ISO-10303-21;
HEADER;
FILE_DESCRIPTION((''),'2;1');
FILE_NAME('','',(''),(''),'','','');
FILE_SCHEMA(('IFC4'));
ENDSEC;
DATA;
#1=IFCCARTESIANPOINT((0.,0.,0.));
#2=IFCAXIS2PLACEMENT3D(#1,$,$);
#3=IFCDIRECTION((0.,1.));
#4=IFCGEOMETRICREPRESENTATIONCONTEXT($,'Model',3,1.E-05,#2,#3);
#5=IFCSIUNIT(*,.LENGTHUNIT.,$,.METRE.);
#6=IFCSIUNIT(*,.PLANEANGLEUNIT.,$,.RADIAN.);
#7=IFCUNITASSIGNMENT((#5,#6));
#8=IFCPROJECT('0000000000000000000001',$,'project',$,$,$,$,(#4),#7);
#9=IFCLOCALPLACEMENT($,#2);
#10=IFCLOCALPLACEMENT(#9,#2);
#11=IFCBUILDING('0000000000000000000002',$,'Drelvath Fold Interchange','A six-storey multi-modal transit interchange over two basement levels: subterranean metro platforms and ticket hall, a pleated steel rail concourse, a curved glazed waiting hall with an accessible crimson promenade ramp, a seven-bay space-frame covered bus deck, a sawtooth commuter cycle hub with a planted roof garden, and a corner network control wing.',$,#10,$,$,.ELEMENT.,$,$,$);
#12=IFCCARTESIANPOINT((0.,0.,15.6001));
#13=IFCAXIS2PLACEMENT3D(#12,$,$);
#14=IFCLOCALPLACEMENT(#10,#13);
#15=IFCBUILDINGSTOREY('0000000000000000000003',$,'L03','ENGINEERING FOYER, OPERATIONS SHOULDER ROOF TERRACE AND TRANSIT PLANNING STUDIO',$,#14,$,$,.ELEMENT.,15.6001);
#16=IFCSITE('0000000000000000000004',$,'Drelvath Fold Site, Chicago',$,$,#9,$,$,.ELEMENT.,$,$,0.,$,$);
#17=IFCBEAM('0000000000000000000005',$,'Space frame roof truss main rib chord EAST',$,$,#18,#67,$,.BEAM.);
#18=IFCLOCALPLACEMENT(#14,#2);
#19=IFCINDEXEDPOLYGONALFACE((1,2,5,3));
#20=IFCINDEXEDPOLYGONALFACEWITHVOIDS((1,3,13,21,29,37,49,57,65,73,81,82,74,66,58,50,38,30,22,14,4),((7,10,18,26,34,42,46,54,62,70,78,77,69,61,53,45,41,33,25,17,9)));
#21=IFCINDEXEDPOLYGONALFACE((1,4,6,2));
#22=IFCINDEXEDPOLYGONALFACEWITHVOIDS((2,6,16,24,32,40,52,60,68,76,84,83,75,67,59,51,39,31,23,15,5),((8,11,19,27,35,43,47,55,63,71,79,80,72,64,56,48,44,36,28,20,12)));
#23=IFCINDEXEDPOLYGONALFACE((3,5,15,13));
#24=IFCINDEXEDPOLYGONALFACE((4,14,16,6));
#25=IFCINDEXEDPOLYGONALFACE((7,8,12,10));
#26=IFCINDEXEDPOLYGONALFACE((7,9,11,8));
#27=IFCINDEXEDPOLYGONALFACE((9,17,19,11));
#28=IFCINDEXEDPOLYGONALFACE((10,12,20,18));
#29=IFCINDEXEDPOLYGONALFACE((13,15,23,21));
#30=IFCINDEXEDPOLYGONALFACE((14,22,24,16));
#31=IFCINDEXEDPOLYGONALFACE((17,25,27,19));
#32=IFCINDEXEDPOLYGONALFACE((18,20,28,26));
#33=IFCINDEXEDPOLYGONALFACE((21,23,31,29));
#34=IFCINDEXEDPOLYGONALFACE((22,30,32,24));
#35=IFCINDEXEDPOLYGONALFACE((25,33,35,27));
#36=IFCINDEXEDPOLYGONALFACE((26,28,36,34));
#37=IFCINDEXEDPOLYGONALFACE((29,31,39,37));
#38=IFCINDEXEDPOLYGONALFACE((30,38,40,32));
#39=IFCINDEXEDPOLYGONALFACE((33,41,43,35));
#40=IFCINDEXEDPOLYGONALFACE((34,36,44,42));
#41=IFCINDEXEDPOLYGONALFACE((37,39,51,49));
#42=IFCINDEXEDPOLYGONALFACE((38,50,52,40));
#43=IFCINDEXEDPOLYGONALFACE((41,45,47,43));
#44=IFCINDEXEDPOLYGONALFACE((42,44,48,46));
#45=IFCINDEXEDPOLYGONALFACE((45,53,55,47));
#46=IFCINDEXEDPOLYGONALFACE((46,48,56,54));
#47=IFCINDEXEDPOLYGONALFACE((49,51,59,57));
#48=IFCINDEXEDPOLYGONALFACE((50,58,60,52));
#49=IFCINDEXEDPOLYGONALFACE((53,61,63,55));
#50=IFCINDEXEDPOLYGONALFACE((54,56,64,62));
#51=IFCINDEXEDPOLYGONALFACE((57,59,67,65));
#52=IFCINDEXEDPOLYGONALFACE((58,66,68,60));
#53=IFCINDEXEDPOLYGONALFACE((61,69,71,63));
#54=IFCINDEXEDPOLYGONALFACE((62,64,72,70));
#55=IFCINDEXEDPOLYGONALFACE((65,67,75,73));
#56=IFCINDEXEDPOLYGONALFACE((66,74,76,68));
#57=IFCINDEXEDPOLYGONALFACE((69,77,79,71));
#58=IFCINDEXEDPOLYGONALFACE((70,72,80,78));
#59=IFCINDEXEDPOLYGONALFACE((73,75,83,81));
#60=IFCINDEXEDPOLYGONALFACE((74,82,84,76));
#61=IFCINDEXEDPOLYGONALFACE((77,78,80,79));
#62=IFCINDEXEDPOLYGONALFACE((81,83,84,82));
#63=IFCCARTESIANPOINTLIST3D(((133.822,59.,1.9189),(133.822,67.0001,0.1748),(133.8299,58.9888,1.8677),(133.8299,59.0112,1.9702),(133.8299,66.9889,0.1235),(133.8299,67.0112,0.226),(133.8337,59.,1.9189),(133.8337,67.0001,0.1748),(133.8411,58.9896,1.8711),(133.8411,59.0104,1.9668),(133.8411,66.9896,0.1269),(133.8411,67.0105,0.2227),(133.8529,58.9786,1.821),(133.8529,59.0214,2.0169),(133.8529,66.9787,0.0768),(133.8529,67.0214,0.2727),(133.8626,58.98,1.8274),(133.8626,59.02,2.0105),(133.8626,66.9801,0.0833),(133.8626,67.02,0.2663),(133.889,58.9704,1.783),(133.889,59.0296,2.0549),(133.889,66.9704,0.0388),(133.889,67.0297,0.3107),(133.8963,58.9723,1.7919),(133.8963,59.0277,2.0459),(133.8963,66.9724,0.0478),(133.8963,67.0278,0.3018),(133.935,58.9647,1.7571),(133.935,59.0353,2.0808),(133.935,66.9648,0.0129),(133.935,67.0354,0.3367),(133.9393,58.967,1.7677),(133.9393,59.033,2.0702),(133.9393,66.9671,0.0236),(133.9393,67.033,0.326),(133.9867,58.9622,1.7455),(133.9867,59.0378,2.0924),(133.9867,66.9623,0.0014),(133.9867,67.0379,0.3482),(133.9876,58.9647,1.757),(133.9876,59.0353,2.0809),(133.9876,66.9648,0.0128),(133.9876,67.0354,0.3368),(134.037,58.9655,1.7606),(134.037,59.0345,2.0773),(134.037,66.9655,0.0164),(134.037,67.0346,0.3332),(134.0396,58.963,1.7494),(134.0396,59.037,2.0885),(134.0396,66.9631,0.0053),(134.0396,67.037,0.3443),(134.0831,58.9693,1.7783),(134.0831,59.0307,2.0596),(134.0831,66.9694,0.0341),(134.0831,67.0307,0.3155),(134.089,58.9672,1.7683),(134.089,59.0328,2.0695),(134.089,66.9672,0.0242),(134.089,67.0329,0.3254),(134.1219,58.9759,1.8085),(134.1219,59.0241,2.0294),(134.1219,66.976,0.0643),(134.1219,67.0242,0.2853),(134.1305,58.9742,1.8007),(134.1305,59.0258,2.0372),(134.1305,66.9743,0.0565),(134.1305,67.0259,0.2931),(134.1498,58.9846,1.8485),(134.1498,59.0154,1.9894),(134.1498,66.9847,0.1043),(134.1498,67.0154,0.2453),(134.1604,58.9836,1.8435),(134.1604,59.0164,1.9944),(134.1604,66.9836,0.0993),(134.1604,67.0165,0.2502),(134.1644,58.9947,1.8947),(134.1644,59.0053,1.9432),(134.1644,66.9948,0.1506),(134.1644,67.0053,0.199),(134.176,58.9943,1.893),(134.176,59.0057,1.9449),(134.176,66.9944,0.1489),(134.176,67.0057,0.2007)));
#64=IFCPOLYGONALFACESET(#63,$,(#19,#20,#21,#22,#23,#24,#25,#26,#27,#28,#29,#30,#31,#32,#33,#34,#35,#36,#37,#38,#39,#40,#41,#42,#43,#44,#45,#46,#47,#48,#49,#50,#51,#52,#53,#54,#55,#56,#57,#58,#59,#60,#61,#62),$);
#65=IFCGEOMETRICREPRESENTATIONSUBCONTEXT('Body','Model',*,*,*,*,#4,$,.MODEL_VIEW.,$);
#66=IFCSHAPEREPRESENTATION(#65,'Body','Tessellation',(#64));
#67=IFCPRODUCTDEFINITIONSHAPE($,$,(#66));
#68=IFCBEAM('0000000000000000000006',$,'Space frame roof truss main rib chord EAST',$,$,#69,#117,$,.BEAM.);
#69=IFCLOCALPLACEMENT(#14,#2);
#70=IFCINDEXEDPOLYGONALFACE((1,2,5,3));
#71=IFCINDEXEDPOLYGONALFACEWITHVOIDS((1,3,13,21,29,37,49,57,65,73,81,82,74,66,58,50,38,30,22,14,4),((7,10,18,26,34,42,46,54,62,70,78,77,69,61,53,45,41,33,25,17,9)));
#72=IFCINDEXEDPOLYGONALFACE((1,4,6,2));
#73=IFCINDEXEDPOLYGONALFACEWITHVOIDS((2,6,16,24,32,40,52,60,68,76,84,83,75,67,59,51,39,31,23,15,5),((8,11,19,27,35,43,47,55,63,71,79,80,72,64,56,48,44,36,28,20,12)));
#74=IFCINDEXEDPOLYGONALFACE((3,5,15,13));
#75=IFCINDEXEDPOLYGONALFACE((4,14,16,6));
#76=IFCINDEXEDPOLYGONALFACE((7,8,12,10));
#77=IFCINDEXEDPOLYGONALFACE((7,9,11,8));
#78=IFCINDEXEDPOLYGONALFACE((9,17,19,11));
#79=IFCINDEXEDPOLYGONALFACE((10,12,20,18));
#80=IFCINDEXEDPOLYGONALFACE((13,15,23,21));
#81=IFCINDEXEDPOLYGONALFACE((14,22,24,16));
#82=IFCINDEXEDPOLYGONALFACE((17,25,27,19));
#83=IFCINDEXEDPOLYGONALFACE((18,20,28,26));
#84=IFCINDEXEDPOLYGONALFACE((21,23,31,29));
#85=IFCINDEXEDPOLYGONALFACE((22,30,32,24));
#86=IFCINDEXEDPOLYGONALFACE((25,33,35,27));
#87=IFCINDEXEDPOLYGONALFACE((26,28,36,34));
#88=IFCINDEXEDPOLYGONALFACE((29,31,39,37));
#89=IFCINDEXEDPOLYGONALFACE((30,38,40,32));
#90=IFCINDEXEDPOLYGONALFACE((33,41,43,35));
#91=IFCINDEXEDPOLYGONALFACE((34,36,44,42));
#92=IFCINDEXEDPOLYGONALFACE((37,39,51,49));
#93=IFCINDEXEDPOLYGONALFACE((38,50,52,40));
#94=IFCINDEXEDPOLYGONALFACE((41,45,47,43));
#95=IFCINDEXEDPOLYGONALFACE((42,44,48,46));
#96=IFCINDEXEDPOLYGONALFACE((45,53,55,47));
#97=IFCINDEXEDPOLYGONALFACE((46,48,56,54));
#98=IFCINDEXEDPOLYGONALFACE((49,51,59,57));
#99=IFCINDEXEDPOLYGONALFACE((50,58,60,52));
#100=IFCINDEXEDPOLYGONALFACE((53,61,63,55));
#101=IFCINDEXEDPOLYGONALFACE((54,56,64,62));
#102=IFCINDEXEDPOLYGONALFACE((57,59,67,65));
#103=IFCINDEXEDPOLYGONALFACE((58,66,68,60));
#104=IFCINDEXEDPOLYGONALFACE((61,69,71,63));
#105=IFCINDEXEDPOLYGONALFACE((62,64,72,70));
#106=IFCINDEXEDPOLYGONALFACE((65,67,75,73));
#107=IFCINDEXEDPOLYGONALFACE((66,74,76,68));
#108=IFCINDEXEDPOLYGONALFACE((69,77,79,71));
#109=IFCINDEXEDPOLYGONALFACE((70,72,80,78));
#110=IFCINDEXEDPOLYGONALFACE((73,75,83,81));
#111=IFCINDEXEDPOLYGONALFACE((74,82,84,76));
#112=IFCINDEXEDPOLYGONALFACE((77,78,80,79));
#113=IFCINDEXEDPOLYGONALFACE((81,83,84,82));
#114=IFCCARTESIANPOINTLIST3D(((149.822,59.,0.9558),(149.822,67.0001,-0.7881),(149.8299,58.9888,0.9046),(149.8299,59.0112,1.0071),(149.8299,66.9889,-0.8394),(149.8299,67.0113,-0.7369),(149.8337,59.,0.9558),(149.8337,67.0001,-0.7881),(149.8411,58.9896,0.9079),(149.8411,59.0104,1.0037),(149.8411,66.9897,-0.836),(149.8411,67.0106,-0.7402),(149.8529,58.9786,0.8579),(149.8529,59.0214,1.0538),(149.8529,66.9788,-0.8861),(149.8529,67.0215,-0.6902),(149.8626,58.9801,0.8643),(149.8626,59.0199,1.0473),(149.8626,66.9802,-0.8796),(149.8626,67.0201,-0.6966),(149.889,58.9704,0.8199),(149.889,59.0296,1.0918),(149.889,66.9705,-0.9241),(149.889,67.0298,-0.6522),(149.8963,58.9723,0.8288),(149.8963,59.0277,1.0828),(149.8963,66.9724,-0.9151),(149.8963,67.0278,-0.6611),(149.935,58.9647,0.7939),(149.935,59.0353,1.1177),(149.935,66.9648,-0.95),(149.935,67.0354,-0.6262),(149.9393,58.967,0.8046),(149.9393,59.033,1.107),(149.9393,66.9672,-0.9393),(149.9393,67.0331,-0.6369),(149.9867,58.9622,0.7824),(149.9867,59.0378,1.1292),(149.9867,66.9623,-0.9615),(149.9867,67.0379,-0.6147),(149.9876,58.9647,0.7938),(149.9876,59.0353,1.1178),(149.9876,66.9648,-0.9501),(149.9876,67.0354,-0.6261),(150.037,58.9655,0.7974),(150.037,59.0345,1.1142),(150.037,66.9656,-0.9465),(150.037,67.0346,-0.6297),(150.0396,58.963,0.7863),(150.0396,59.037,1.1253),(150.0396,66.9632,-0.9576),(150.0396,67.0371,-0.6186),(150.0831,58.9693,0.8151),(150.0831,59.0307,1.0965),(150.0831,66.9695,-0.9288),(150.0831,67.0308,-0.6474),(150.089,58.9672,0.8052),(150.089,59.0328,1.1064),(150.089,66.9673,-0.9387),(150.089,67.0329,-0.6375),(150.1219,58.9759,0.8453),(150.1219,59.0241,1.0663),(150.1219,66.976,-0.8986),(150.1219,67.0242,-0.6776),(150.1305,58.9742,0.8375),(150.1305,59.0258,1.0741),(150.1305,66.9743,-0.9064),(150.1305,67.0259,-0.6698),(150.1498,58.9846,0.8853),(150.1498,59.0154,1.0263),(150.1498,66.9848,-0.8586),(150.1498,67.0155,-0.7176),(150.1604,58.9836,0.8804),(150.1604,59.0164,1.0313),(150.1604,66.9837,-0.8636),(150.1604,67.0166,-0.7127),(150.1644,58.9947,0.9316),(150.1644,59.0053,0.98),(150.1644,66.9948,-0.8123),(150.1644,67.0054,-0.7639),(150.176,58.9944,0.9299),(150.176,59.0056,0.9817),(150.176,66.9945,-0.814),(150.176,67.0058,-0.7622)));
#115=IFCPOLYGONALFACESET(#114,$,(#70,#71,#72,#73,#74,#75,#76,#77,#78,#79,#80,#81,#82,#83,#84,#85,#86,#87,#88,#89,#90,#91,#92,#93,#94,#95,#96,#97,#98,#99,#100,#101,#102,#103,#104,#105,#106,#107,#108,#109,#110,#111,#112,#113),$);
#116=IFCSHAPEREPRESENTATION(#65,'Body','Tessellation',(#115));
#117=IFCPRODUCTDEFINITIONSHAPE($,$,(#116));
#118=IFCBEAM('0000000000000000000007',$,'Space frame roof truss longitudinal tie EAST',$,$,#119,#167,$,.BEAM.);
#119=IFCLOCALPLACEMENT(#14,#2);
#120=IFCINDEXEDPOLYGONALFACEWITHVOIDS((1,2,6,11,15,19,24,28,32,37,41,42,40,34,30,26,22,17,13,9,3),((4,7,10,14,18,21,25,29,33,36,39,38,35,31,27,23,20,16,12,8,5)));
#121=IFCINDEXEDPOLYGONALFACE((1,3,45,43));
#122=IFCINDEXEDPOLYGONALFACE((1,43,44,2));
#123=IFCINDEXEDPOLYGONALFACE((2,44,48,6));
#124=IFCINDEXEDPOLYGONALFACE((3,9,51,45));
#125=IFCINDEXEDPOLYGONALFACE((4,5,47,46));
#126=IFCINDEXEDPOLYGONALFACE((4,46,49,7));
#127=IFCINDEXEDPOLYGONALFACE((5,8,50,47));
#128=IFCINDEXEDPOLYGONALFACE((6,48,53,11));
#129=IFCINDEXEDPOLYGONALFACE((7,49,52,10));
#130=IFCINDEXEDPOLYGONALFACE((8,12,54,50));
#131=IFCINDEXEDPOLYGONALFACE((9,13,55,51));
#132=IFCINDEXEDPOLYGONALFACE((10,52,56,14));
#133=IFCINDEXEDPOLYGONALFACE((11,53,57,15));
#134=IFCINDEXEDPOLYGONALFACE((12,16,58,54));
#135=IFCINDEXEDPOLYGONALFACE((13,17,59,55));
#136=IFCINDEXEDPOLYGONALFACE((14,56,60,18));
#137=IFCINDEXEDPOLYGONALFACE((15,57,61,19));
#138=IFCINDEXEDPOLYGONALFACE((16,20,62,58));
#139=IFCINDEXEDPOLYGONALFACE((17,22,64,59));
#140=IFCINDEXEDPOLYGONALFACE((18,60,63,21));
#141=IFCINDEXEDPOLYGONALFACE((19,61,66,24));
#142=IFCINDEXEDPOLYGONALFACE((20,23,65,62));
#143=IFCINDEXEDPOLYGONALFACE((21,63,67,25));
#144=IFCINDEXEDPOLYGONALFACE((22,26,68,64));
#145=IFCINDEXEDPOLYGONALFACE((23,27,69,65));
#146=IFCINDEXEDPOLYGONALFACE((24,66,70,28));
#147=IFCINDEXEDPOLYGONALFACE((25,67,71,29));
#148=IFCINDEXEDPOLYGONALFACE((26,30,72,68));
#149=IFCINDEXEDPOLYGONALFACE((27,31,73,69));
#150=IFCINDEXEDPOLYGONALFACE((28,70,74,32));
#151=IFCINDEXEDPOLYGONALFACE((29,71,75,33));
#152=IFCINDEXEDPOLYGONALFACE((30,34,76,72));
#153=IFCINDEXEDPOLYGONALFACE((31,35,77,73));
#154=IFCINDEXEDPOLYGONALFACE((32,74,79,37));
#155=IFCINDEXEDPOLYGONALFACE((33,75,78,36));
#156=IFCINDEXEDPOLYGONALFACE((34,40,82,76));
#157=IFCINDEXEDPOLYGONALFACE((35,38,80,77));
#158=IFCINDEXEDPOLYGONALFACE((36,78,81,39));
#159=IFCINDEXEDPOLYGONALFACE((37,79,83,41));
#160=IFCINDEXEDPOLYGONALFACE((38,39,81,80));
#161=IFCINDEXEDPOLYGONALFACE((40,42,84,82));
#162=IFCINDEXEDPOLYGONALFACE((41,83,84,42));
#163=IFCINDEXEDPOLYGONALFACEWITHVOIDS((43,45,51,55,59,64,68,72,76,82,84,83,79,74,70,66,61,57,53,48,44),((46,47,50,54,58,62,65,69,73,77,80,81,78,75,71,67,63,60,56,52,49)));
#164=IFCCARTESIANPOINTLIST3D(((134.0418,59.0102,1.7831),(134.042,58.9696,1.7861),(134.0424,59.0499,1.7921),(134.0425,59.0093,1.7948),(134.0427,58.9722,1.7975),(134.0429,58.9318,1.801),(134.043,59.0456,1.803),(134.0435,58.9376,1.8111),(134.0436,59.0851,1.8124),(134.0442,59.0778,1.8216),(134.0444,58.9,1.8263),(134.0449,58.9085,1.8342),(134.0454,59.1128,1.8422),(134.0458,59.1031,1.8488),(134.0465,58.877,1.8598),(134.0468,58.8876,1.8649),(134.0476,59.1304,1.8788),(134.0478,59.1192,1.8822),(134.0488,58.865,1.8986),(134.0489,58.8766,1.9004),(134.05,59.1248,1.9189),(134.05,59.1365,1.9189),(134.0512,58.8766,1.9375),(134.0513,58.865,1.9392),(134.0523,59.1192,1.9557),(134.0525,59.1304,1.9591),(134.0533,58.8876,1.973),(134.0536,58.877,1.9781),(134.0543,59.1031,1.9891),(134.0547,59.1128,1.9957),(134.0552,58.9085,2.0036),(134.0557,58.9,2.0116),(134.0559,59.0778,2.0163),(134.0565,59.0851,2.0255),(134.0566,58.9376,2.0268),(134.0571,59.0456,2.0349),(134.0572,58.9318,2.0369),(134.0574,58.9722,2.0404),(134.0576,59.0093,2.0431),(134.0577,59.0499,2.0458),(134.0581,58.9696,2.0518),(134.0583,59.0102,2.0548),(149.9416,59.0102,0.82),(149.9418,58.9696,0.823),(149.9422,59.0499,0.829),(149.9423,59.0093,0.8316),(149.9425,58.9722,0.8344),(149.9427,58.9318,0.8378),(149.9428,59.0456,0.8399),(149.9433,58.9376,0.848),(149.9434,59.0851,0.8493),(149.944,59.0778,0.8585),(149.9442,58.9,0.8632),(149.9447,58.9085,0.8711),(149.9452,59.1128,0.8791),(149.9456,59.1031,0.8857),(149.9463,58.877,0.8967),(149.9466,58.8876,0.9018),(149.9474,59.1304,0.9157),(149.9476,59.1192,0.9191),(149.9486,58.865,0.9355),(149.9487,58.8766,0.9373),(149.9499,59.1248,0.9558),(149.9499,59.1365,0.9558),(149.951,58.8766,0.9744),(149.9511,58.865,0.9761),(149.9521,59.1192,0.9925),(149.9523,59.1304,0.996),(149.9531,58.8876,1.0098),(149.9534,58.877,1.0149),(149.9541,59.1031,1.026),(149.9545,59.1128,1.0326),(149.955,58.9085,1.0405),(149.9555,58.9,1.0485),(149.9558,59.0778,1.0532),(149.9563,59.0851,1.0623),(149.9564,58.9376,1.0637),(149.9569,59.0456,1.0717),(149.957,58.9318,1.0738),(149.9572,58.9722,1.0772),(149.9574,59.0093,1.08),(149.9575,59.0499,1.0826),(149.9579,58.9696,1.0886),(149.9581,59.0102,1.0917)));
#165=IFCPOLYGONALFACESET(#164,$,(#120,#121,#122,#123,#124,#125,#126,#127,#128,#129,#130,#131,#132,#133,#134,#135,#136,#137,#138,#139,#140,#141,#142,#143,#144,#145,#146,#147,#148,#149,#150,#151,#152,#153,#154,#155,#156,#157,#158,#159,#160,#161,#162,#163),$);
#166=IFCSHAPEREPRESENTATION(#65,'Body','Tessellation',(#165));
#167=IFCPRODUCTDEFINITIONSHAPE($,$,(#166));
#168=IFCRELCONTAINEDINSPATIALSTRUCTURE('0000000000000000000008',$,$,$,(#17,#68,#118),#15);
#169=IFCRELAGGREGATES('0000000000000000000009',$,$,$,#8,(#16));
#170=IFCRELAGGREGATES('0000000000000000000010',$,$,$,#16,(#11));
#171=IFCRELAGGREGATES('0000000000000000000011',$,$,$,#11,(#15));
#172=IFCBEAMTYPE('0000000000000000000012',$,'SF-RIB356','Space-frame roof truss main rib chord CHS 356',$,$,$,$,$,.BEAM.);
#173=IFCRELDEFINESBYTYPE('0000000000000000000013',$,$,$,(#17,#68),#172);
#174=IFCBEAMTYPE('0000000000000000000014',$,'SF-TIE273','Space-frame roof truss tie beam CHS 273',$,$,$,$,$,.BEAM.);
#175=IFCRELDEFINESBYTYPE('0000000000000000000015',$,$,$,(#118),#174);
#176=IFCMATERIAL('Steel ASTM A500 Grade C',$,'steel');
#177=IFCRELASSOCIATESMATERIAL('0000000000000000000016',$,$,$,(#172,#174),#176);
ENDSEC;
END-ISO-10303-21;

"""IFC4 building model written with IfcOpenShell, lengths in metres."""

from ifc_helpers import new_model, si_unit, direction, frame, origin, origin_2d, place, context, subcontext, project, spatial, hollow_circle, extrude, material, material_profile, profile_set, type_object, element, save


model = new_model("IFC4")

# Units and contexts
model_context = context("Model", 3, precision=1e-05, world=origin(), true_north=direction((0.0, 1.0)))
body_context = subcontext(model_context, "Body", "Model", "MODEL_VIEW")
ifc_project = project(units=[si_unit("LENGTHUNIT", "METRE"), si_unit("PLANEANGLEUNIT", "RADIAN")], contexts=[model_context])

# Site, building, storey
site_placement = place(None, origin())
site = spatial("IfcSite", under=ifc_project, at=site_placement, Name="Drelvath Fold Site, Chicago", CompositionType="ELEMENT", RefElevation=0.0)
building_placement = place(site_placement, origin())
building = spatial("IfcBuilding", under=site, at=building_placement, Name="Drelvath Fold Interchange", Description="A six-storey multi-modal transit interchange over two basement levels: subterranean metro platforms and ticket hall, a pleated steel rail concourse, a curved glazed waiting hall with an accessible crimson promenade ramp, a seven-bay space-frame covered bus deck, a sawtooth commuter cycle hub with a planted roof garden, and a corner network control wing.", CompositionType="ELEMENT")
storey_placement = place(building_placement, frame((0.0, 0.0, 15.6001)))
storey = spatial("IfcBuildingStorey", under=building, at=storey_placement, Name="L03", Description="ENGINEERING FOYER, OPERATIONS SHOULDER ROOF TERRACE AND TRANSIT PLANNING STUDIO", CompositionType="ELEMENT", Elevation=15.6001)

# Shared definitions
ifc_material_1 = material(Name="Steel ASTM A500 Grade C", Category="steel")

# Beams
ifc_material_profile_1 = material_profile(ifc_material_1, hollow_circle(Radius=0.178, WallThickness=0.0117, at=origin_2d()), Name="HSS14.000X0.500")
ifc_profile_set_1 = profile_set([ifc_material_profile_1], Name="Steel ASTM A500 Grade C")
beam_type_1 = type_object("IfcBeamType", Name="SF-RIB356", Description="Space-frame roof truss main rib chord CHS 356", PredefinedType="BEAM", material=ifc_profile_set_1)
for number, where, z_axis, x_axis, name in (
    (1, (134.0, 59.0, 1.9189), (0.0, 0.977049, -0.213014), (-1.0, 0.0, 0.0), "Space frame roof truss main rib chord EAST"),
    (2, (150.0, 59.0, 0.9558), (0.0, 0.977055, -0.212985), (-1.0, 0.0, 0.0), "Space frame roof truss main rib chord EAST"),
):
    element("IfcBeam", number, at=place(storey_placement, frame(where, z_axis=z_axis, x_axis=x_axis)), inside=storey, type_object=beam_type_1, Name=name, PredefinedType="BEAM", context=body_context, shape_type="SweptSolid", body=[
        extrude(hollow_circle(Radius=0.178, WallThickness=0.0117, at=origin_2d()), origin(), (0.0, 0.0, 1.0), 8.188),
    ])
ifc_material_profile_2 = material_profile(ifc_material_1, hollow_circle(Radius=0.1365, WallThickness=0.0117, at=origin_2d()), Name="HSS10.750X0.500")
ifc_profile_set_2 = profile_set([ifc_material_profile_2], Name="Steel ASTM A500 Grade C")
beam_type_2 = type_object("IfcBeamType", Name="SF-TIE273", Description="Space-frame roof truss tie beam CHS 273", PredefinedType="BEAM", material=ifc_profile_set_2)
beam_placement = place(storey_placement, frame((134.05, 59.0, 1.9189), z_axis=(0.99817, 0.0, -0.060464), x_axis=(0.0, 1.0, 0.0)))
element("IfcBeam", 3, at=beam_placement, inside=storey, type_object=beam_type_2, Name="Space frame roof truss longitudinal tie EAST", PredefinedType="BEAM", context=body_context, shape_type="SweptSolid", body=[
    extrude(hollow_circle(Radius=0.1365, WallThickness=0.0117, at=origin_2d()), origin(), (0.0, 0.0, 1.0), 15.929),
])

save(model, "model.ifc")
